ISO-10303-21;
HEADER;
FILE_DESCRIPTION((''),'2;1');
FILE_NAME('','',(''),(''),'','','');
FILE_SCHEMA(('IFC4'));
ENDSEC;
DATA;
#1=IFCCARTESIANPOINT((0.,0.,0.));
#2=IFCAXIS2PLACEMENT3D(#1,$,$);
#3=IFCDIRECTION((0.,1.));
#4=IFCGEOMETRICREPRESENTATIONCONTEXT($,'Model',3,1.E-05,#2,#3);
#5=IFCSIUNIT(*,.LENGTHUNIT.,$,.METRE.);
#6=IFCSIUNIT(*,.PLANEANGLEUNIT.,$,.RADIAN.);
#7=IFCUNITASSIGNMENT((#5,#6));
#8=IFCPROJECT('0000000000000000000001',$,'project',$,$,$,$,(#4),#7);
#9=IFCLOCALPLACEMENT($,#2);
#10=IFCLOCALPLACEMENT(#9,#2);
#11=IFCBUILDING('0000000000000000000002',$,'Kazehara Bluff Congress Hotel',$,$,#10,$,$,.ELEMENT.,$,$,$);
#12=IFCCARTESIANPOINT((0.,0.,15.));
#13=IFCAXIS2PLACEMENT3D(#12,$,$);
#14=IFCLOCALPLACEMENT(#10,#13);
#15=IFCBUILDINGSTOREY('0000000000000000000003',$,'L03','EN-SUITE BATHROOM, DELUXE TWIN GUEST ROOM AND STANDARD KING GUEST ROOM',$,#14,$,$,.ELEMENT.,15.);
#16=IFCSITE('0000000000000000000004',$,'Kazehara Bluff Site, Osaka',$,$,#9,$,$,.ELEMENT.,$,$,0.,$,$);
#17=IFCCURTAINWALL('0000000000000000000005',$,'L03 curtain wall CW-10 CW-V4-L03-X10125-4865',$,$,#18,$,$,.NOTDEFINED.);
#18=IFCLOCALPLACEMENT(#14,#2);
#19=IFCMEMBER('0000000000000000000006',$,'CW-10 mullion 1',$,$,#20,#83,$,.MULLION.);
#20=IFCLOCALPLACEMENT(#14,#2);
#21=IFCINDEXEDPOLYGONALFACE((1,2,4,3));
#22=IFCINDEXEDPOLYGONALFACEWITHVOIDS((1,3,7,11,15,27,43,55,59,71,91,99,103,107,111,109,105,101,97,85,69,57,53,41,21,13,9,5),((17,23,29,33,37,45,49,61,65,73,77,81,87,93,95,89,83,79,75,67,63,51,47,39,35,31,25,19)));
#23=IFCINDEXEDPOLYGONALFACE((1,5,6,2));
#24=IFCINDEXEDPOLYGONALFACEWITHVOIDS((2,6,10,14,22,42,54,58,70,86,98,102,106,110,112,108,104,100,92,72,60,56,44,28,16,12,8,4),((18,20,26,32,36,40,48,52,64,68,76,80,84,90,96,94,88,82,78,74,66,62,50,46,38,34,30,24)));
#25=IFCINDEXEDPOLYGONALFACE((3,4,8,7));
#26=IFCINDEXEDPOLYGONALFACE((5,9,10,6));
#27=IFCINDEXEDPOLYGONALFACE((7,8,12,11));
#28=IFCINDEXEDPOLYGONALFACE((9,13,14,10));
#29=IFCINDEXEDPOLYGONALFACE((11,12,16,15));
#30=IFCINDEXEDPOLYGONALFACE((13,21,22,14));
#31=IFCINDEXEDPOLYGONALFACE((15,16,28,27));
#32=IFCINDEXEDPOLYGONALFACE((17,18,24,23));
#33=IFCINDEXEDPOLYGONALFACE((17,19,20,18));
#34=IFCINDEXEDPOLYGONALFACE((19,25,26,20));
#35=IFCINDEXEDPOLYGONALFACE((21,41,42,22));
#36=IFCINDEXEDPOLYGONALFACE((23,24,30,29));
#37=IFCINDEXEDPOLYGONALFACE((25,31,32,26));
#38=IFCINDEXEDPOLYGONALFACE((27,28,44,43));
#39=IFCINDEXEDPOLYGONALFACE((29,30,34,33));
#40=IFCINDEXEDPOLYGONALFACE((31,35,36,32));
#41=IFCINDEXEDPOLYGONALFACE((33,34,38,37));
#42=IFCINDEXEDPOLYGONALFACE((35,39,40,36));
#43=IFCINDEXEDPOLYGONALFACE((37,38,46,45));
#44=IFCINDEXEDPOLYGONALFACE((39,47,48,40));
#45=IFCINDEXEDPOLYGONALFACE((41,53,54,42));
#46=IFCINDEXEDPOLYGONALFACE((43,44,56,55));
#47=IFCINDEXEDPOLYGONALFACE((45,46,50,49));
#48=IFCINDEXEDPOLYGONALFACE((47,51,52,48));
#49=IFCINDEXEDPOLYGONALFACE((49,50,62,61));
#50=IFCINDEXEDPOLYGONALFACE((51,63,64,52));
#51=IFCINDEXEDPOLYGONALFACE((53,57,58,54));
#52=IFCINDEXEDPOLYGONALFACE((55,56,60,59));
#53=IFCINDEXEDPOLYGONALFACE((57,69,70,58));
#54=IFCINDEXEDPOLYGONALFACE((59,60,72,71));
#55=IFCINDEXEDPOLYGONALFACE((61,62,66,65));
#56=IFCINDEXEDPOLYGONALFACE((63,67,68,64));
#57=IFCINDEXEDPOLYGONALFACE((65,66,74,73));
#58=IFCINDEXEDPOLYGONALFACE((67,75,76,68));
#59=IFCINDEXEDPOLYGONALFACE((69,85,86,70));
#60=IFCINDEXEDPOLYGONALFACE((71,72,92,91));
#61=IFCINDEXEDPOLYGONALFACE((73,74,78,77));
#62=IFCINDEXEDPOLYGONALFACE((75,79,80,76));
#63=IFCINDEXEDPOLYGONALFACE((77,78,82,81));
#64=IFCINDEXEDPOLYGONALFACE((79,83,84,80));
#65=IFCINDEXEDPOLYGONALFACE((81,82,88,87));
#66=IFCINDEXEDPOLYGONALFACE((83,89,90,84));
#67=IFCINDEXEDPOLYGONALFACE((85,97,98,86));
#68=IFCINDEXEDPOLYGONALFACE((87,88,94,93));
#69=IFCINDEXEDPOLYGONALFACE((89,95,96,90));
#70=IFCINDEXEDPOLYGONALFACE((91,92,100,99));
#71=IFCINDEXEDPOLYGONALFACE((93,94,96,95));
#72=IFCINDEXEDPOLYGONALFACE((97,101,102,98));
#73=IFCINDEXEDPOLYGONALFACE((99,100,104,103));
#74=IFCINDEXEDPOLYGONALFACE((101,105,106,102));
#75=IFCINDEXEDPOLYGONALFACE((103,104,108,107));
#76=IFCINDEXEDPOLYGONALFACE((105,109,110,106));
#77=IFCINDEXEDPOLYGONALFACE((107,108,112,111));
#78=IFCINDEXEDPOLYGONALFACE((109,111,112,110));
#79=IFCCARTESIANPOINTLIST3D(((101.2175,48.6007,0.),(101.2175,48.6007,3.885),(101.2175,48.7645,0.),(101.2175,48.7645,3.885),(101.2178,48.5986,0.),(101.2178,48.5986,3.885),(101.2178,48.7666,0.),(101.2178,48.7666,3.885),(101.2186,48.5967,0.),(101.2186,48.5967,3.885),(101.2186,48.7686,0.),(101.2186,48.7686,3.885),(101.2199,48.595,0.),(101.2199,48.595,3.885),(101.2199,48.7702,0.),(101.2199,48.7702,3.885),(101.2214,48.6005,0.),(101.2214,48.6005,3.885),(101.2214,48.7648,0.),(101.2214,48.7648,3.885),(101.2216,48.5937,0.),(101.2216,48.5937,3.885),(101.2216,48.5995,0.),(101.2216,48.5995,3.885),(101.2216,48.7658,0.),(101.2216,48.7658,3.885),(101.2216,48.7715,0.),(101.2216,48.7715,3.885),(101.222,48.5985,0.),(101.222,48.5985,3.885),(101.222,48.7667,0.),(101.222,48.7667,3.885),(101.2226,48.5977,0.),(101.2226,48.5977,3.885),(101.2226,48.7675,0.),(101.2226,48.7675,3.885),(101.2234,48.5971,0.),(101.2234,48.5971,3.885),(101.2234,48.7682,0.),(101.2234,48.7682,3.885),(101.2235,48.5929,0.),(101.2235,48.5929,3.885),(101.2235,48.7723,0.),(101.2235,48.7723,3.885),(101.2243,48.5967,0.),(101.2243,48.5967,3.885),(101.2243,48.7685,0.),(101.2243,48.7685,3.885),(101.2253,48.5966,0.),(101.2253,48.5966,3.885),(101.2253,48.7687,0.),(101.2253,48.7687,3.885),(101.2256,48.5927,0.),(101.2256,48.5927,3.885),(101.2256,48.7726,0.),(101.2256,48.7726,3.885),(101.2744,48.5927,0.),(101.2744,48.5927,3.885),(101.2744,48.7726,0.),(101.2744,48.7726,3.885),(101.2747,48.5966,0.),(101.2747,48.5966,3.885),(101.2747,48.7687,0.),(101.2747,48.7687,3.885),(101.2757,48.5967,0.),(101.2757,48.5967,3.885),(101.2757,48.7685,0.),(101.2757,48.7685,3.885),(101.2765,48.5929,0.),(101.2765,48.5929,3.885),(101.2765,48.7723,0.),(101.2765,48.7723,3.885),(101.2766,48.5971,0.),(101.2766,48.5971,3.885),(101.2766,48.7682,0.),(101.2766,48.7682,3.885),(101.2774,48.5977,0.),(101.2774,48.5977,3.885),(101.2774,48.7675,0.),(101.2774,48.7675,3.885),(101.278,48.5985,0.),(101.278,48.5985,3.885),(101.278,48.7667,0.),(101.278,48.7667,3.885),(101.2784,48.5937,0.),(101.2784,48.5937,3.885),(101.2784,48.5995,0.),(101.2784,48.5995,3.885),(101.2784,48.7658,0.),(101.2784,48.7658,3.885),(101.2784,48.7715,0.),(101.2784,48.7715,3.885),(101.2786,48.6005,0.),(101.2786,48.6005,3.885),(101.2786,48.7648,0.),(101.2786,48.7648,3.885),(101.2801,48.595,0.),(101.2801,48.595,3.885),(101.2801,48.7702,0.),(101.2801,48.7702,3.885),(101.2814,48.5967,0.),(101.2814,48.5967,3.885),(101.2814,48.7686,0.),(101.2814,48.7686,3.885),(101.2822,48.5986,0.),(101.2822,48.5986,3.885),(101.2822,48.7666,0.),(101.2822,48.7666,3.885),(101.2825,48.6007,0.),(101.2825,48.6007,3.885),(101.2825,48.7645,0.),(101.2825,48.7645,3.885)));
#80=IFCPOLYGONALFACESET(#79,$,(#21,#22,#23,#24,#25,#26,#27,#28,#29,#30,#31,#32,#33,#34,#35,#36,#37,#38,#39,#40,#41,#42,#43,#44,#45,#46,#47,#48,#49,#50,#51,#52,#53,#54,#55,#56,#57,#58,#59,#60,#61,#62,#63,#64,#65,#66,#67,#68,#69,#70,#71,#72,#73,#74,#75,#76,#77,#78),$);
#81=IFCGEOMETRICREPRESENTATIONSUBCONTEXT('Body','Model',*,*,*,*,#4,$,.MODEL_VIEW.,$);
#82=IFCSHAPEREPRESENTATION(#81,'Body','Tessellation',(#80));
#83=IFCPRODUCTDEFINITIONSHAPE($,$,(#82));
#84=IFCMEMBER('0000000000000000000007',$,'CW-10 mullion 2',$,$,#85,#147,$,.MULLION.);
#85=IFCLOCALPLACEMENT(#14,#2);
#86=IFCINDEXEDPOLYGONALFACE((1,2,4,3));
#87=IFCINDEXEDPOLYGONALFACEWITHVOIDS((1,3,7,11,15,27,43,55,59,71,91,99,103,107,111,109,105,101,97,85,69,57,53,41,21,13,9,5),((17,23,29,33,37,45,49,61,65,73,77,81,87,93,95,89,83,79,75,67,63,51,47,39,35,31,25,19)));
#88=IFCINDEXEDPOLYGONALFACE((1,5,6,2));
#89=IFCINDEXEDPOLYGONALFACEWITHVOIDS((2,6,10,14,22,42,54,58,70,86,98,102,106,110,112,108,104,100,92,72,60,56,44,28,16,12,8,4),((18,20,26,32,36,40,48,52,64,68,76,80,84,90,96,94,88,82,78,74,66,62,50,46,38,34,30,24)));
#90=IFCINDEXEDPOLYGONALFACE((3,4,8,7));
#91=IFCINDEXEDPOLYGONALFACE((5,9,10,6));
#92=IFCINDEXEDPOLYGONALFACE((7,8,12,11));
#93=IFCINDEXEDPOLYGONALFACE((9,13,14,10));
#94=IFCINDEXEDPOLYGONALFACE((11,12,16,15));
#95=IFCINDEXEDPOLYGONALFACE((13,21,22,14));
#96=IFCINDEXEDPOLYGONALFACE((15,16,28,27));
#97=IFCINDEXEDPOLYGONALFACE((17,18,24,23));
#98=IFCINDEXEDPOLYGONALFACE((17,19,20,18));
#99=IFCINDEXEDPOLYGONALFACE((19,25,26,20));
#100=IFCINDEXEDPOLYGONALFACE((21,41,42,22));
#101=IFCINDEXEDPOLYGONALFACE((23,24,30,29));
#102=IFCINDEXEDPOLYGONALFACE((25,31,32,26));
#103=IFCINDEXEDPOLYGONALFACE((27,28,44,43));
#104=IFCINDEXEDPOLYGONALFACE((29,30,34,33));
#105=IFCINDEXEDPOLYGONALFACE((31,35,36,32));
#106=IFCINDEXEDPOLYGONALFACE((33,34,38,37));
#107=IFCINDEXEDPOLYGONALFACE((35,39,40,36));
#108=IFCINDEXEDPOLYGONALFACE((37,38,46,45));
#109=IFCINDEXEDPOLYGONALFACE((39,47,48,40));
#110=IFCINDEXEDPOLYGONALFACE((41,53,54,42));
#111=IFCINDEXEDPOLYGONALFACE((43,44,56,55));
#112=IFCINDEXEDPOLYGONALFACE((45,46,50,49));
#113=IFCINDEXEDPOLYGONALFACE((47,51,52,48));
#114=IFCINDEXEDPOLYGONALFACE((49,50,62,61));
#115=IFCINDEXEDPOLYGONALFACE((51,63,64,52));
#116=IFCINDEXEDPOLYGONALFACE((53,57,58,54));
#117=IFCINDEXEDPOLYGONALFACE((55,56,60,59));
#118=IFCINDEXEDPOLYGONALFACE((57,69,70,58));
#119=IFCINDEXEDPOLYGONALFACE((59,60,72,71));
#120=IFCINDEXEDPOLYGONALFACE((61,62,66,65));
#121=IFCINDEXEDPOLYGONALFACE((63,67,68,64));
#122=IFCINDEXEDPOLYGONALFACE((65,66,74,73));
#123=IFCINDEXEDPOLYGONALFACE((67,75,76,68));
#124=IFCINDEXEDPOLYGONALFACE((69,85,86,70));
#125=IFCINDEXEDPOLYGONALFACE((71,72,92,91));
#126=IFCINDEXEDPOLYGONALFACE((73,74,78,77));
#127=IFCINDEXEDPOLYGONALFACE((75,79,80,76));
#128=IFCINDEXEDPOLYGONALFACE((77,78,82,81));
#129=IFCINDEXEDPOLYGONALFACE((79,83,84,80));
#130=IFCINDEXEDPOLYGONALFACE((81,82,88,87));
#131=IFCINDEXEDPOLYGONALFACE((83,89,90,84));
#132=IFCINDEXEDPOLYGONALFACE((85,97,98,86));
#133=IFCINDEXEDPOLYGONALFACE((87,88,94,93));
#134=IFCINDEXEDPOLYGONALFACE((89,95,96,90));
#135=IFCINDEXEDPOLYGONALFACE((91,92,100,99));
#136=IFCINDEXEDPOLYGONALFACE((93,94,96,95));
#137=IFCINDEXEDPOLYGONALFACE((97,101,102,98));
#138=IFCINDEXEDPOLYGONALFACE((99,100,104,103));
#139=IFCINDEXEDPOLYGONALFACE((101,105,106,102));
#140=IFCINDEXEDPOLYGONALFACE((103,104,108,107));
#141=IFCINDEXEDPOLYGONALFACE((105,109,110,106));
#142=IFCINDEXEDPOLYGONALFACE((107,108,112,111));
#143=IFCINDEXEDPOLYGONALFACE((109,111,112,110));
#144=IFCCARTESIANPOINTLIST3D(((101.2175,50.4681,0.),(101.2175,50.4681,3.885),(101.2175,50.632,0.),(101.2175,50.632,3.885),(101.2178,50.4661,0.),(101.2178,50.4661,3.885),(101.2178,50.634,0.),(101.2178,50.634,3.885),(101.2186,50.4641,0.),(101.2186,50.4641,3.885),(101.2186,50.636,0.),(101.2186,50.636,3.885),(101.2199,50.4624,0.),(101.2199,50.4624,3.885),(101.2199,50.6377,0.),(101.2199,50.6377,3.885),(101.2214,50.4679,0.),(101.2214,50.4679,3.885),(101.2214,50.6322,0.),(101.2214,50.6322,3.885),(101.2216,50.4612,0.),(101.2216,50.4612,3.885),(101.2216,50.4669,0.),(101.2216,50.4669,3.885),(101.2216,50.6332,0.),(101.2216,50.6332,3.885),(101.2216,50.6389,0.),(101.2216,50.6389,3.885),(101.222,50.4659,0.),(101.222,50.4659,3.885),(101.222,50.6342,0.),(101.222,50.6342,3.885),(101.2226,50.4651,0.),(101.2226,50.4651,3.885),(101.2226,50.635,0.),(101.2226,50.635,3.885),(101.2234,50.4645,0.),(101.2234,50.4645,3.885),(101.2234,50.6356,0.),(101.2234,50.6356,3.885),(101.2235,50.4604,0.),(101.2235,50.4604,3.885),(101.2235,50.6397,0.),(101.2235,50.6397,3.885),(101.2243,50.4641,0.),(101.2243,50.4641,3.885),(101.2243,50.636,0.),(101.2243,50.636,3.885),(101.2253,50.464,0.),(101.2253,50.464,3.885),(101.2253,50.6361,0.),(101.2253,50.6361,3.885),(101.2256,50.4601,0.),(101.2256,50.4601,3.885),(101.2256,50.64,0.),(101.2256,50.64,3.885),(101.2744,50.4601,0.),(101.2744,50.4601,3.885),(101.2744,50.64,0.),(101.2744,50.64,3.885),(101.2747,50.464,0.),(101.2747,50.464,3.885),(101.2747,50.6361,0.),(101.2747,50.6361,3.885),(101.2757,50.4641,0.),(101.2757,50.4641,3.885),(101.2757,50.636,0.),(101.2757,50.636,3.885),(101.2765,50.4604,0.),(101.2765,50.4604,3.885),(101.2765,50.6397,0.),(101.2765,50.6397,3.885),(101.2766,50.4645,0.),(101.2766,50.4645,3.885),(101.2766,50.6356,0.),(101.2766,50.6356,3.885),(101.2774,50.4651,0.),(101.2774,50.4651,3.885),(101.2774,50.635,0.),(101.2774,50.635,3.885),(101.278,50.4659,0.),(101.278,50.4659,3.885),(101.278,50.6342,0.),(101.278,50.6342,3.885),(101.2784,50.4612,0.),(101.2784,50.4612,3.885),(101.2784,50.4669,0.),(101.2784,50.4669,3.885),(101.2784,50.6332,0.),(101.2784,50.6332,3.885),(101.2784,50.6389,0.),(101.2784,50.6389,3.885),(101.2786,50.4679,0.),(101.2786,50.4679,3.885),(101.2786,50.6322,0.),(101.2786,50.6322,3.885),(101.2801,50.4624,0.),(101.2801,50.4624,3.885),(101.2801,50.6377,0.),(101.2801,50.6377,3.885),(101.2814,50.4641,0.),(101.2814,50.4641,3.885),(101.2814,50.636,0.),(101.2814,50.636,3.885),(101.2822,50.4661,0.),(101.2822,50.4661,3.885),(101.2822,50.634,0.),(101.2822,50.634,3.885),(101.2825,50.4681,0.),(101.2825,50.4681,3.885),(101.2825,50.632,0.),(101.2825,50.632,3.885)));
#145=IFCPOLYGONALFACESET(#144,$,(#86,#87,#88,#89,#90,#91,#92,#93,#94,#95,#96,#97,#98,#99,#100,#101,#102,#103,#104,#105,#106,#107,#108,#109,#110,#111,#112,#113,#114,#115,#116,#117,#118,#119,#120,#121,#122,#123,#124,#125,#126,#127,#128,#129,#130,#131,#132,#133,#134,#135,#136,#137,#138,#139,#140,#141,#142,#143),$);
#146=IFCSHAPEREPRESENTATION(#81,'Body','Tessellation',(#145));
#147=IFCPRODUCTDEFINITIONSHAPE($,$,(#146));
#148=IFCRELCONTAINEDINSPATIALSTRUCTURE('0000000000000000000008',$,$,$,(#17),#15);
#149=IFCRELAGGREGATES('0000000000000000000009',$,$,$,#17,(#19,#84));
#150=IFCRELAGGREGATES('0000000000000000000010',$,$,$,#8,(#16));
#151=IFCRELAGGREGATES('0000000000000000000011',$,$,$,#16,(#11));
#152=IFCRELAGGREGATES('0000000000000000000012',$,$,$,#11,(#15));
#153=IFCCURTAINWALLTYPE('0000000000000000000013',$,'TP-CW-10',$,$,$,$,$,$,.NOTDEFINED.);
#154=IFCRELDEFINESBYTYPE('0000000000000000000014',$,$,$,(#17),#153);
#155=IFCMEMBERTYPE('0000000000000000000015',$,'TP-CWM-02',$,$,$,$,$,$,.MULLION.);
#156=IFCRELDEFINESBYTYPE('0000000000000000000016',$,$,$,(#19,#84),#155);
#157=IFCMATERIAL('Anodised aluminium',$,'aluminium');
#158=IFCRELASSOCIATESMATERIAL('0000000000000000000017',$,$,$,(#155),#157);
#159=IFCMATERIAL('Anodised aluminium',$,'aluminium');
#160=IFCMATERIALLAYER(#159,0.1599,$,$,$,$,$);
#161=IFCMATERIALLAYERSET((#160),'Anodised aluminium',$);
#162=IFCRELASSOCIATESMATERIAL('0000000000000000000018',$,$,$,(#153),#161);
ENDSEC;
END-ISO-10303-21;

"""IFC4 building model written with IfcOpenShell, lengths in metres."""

from ifc_helpers import new_model, si_unit, direction, frame, origin, origin_2d, place, context, subcontext, project, spatial, hollow_rectangle, extrude, material, layer, layer_set, material_profile, profile_set, type_object, element, aggregate, save


model = new_model("IFC4")

# Units and contexts
model_context = context("Model", 3, precision=1e-05, world=origin(), true_north=direction((0.0, 1.0)))
body_context = subcontext(model_context, "Body", "Model", "MODEL_VIEW")
ifc_project = project(units=[si_unit("LENGTHUNIT", "METRE"), si_unit("PLANEANGLEUNIT", "RADIAN")], contexts=[model_context])

# Site, building, storey
site_placement = place(None, origin())
site = spatial("IfcSite", under=ifc_project, at=site_placement, Name="Kazehara Bluff Site, Osaka", CompositionType="ELEMENT", RefElevation=0.0)
building_placement = place(site_placement, origin())
building = spatial("IfcBuilding", under=site, at=building_placement, Name="Kazehara Bluff Congress Hotel", CompositionType="ELEMENT")
storey_placement = place(building_placement, frame((0.0, 0.0, 15.0)))
storey = spatial("IfcBuildingStorey", under=building, at=storey_placement, Name="L03", Description="EN-SUITE BATHROOM, DELUXE TWIN GUEST ROOM AND STANDARD KING GUEST ROOM", CompositionType="ELEMENT", Elevation=15.0)

# Curtain wall, members
ifc_material_1 = material(Name="Anodised aluminium", Category="aluminium")
ifc_material_profile_1 = material_profile(ifc_material_1, hollow_rectangle(XDim=0.0649, YDim=0.1799, WallThickness=0.0039, InnerFilletRadius=0.0039, OuterFilletRadius=0.0081, at=origin_2d()))
ifc_profile_set_1 = profile_set([ifc_material_profile_1], Name="Anodised aluminium")
member_type_1 = type_object("IfcMemberType", Name="TP-CWM-02", PredefinedType="MULLION", material=ifc_profile_set_1)
ifc_material_2 = material(Name="Anodised aluminium", Category="aluminium")
ifc_layer_1 = layer(ifc_material_2, 0.1599)
ifc_layer_set_1 = layer_set([ifc_layer_1], Name="Anodised aluminium")
curtain_wall_type_1 = type_object("IfcCurtainWallType", Name="TP-CW-10", PredefinedType="NOTDEFINED", material=ifc_layer_set_1)
curtain_wall_1_placement = place(storey_placement, origin())
curtain_wall_1 = element("IfcCurtainWall", 1, at=curtain_wall_1_placement, inside=storey, type_object=curtain_wall_type_1, Name="L03 curtain wall CW-10 CW-V4-L03-X10125-4865", PredefinedType="NOTDEFINED")
member_1_placement = place(storey_placement, frame((101.25, 48.6826, 0.0), z_axis=(0.0, 0.0, 1.0), x_axis=(-1.0, 0.0, 0.0)))
member_1 = element("IfcMember", 2, at=member_1_placement, type_object=member_type_1, Name="CW-10 mullion 1", PredefinedType="MULLION", context=body_context, shape_type="SweptSolid", body=[
    extrude(hollow_rectangle(XDim=0.0649, YDim=0.1799, WallThickness=0.0039, InnerFilletRadius=0.0039, OuterFilletRadius=0.0081, at=origin_2d()), origin(), (0.0, 0.0, 1.0), 3.885),
])
member_2_placement = place(storey_placement, frame((101.25, 50.55, 0.0), z_axis=(0.0, 0.0, 1.0), x_axis=(-1.0, 0.0, 0.0)))
member_2 = element("IfcMember", 3, at=member_2_placement, type_object=member_type_1, Name="CW-10 mullion 2", PredefinedType="MULLION", context=body_context, shape_type="SweptSolid", body=[
    extrude(hollow_rectangle(XDim=0.0649, YDim=0.1799, WallThickness=0.0039, InnerFilletRadius=0.0039, OuterFilletRadius=0.0081, at=origin_2d()), origin(), (0.0, 0.0, 1.0), 3.885),
])

aggregate(curtain_wall_1, [member_1, member_2])

save(model, "model.ifc")
